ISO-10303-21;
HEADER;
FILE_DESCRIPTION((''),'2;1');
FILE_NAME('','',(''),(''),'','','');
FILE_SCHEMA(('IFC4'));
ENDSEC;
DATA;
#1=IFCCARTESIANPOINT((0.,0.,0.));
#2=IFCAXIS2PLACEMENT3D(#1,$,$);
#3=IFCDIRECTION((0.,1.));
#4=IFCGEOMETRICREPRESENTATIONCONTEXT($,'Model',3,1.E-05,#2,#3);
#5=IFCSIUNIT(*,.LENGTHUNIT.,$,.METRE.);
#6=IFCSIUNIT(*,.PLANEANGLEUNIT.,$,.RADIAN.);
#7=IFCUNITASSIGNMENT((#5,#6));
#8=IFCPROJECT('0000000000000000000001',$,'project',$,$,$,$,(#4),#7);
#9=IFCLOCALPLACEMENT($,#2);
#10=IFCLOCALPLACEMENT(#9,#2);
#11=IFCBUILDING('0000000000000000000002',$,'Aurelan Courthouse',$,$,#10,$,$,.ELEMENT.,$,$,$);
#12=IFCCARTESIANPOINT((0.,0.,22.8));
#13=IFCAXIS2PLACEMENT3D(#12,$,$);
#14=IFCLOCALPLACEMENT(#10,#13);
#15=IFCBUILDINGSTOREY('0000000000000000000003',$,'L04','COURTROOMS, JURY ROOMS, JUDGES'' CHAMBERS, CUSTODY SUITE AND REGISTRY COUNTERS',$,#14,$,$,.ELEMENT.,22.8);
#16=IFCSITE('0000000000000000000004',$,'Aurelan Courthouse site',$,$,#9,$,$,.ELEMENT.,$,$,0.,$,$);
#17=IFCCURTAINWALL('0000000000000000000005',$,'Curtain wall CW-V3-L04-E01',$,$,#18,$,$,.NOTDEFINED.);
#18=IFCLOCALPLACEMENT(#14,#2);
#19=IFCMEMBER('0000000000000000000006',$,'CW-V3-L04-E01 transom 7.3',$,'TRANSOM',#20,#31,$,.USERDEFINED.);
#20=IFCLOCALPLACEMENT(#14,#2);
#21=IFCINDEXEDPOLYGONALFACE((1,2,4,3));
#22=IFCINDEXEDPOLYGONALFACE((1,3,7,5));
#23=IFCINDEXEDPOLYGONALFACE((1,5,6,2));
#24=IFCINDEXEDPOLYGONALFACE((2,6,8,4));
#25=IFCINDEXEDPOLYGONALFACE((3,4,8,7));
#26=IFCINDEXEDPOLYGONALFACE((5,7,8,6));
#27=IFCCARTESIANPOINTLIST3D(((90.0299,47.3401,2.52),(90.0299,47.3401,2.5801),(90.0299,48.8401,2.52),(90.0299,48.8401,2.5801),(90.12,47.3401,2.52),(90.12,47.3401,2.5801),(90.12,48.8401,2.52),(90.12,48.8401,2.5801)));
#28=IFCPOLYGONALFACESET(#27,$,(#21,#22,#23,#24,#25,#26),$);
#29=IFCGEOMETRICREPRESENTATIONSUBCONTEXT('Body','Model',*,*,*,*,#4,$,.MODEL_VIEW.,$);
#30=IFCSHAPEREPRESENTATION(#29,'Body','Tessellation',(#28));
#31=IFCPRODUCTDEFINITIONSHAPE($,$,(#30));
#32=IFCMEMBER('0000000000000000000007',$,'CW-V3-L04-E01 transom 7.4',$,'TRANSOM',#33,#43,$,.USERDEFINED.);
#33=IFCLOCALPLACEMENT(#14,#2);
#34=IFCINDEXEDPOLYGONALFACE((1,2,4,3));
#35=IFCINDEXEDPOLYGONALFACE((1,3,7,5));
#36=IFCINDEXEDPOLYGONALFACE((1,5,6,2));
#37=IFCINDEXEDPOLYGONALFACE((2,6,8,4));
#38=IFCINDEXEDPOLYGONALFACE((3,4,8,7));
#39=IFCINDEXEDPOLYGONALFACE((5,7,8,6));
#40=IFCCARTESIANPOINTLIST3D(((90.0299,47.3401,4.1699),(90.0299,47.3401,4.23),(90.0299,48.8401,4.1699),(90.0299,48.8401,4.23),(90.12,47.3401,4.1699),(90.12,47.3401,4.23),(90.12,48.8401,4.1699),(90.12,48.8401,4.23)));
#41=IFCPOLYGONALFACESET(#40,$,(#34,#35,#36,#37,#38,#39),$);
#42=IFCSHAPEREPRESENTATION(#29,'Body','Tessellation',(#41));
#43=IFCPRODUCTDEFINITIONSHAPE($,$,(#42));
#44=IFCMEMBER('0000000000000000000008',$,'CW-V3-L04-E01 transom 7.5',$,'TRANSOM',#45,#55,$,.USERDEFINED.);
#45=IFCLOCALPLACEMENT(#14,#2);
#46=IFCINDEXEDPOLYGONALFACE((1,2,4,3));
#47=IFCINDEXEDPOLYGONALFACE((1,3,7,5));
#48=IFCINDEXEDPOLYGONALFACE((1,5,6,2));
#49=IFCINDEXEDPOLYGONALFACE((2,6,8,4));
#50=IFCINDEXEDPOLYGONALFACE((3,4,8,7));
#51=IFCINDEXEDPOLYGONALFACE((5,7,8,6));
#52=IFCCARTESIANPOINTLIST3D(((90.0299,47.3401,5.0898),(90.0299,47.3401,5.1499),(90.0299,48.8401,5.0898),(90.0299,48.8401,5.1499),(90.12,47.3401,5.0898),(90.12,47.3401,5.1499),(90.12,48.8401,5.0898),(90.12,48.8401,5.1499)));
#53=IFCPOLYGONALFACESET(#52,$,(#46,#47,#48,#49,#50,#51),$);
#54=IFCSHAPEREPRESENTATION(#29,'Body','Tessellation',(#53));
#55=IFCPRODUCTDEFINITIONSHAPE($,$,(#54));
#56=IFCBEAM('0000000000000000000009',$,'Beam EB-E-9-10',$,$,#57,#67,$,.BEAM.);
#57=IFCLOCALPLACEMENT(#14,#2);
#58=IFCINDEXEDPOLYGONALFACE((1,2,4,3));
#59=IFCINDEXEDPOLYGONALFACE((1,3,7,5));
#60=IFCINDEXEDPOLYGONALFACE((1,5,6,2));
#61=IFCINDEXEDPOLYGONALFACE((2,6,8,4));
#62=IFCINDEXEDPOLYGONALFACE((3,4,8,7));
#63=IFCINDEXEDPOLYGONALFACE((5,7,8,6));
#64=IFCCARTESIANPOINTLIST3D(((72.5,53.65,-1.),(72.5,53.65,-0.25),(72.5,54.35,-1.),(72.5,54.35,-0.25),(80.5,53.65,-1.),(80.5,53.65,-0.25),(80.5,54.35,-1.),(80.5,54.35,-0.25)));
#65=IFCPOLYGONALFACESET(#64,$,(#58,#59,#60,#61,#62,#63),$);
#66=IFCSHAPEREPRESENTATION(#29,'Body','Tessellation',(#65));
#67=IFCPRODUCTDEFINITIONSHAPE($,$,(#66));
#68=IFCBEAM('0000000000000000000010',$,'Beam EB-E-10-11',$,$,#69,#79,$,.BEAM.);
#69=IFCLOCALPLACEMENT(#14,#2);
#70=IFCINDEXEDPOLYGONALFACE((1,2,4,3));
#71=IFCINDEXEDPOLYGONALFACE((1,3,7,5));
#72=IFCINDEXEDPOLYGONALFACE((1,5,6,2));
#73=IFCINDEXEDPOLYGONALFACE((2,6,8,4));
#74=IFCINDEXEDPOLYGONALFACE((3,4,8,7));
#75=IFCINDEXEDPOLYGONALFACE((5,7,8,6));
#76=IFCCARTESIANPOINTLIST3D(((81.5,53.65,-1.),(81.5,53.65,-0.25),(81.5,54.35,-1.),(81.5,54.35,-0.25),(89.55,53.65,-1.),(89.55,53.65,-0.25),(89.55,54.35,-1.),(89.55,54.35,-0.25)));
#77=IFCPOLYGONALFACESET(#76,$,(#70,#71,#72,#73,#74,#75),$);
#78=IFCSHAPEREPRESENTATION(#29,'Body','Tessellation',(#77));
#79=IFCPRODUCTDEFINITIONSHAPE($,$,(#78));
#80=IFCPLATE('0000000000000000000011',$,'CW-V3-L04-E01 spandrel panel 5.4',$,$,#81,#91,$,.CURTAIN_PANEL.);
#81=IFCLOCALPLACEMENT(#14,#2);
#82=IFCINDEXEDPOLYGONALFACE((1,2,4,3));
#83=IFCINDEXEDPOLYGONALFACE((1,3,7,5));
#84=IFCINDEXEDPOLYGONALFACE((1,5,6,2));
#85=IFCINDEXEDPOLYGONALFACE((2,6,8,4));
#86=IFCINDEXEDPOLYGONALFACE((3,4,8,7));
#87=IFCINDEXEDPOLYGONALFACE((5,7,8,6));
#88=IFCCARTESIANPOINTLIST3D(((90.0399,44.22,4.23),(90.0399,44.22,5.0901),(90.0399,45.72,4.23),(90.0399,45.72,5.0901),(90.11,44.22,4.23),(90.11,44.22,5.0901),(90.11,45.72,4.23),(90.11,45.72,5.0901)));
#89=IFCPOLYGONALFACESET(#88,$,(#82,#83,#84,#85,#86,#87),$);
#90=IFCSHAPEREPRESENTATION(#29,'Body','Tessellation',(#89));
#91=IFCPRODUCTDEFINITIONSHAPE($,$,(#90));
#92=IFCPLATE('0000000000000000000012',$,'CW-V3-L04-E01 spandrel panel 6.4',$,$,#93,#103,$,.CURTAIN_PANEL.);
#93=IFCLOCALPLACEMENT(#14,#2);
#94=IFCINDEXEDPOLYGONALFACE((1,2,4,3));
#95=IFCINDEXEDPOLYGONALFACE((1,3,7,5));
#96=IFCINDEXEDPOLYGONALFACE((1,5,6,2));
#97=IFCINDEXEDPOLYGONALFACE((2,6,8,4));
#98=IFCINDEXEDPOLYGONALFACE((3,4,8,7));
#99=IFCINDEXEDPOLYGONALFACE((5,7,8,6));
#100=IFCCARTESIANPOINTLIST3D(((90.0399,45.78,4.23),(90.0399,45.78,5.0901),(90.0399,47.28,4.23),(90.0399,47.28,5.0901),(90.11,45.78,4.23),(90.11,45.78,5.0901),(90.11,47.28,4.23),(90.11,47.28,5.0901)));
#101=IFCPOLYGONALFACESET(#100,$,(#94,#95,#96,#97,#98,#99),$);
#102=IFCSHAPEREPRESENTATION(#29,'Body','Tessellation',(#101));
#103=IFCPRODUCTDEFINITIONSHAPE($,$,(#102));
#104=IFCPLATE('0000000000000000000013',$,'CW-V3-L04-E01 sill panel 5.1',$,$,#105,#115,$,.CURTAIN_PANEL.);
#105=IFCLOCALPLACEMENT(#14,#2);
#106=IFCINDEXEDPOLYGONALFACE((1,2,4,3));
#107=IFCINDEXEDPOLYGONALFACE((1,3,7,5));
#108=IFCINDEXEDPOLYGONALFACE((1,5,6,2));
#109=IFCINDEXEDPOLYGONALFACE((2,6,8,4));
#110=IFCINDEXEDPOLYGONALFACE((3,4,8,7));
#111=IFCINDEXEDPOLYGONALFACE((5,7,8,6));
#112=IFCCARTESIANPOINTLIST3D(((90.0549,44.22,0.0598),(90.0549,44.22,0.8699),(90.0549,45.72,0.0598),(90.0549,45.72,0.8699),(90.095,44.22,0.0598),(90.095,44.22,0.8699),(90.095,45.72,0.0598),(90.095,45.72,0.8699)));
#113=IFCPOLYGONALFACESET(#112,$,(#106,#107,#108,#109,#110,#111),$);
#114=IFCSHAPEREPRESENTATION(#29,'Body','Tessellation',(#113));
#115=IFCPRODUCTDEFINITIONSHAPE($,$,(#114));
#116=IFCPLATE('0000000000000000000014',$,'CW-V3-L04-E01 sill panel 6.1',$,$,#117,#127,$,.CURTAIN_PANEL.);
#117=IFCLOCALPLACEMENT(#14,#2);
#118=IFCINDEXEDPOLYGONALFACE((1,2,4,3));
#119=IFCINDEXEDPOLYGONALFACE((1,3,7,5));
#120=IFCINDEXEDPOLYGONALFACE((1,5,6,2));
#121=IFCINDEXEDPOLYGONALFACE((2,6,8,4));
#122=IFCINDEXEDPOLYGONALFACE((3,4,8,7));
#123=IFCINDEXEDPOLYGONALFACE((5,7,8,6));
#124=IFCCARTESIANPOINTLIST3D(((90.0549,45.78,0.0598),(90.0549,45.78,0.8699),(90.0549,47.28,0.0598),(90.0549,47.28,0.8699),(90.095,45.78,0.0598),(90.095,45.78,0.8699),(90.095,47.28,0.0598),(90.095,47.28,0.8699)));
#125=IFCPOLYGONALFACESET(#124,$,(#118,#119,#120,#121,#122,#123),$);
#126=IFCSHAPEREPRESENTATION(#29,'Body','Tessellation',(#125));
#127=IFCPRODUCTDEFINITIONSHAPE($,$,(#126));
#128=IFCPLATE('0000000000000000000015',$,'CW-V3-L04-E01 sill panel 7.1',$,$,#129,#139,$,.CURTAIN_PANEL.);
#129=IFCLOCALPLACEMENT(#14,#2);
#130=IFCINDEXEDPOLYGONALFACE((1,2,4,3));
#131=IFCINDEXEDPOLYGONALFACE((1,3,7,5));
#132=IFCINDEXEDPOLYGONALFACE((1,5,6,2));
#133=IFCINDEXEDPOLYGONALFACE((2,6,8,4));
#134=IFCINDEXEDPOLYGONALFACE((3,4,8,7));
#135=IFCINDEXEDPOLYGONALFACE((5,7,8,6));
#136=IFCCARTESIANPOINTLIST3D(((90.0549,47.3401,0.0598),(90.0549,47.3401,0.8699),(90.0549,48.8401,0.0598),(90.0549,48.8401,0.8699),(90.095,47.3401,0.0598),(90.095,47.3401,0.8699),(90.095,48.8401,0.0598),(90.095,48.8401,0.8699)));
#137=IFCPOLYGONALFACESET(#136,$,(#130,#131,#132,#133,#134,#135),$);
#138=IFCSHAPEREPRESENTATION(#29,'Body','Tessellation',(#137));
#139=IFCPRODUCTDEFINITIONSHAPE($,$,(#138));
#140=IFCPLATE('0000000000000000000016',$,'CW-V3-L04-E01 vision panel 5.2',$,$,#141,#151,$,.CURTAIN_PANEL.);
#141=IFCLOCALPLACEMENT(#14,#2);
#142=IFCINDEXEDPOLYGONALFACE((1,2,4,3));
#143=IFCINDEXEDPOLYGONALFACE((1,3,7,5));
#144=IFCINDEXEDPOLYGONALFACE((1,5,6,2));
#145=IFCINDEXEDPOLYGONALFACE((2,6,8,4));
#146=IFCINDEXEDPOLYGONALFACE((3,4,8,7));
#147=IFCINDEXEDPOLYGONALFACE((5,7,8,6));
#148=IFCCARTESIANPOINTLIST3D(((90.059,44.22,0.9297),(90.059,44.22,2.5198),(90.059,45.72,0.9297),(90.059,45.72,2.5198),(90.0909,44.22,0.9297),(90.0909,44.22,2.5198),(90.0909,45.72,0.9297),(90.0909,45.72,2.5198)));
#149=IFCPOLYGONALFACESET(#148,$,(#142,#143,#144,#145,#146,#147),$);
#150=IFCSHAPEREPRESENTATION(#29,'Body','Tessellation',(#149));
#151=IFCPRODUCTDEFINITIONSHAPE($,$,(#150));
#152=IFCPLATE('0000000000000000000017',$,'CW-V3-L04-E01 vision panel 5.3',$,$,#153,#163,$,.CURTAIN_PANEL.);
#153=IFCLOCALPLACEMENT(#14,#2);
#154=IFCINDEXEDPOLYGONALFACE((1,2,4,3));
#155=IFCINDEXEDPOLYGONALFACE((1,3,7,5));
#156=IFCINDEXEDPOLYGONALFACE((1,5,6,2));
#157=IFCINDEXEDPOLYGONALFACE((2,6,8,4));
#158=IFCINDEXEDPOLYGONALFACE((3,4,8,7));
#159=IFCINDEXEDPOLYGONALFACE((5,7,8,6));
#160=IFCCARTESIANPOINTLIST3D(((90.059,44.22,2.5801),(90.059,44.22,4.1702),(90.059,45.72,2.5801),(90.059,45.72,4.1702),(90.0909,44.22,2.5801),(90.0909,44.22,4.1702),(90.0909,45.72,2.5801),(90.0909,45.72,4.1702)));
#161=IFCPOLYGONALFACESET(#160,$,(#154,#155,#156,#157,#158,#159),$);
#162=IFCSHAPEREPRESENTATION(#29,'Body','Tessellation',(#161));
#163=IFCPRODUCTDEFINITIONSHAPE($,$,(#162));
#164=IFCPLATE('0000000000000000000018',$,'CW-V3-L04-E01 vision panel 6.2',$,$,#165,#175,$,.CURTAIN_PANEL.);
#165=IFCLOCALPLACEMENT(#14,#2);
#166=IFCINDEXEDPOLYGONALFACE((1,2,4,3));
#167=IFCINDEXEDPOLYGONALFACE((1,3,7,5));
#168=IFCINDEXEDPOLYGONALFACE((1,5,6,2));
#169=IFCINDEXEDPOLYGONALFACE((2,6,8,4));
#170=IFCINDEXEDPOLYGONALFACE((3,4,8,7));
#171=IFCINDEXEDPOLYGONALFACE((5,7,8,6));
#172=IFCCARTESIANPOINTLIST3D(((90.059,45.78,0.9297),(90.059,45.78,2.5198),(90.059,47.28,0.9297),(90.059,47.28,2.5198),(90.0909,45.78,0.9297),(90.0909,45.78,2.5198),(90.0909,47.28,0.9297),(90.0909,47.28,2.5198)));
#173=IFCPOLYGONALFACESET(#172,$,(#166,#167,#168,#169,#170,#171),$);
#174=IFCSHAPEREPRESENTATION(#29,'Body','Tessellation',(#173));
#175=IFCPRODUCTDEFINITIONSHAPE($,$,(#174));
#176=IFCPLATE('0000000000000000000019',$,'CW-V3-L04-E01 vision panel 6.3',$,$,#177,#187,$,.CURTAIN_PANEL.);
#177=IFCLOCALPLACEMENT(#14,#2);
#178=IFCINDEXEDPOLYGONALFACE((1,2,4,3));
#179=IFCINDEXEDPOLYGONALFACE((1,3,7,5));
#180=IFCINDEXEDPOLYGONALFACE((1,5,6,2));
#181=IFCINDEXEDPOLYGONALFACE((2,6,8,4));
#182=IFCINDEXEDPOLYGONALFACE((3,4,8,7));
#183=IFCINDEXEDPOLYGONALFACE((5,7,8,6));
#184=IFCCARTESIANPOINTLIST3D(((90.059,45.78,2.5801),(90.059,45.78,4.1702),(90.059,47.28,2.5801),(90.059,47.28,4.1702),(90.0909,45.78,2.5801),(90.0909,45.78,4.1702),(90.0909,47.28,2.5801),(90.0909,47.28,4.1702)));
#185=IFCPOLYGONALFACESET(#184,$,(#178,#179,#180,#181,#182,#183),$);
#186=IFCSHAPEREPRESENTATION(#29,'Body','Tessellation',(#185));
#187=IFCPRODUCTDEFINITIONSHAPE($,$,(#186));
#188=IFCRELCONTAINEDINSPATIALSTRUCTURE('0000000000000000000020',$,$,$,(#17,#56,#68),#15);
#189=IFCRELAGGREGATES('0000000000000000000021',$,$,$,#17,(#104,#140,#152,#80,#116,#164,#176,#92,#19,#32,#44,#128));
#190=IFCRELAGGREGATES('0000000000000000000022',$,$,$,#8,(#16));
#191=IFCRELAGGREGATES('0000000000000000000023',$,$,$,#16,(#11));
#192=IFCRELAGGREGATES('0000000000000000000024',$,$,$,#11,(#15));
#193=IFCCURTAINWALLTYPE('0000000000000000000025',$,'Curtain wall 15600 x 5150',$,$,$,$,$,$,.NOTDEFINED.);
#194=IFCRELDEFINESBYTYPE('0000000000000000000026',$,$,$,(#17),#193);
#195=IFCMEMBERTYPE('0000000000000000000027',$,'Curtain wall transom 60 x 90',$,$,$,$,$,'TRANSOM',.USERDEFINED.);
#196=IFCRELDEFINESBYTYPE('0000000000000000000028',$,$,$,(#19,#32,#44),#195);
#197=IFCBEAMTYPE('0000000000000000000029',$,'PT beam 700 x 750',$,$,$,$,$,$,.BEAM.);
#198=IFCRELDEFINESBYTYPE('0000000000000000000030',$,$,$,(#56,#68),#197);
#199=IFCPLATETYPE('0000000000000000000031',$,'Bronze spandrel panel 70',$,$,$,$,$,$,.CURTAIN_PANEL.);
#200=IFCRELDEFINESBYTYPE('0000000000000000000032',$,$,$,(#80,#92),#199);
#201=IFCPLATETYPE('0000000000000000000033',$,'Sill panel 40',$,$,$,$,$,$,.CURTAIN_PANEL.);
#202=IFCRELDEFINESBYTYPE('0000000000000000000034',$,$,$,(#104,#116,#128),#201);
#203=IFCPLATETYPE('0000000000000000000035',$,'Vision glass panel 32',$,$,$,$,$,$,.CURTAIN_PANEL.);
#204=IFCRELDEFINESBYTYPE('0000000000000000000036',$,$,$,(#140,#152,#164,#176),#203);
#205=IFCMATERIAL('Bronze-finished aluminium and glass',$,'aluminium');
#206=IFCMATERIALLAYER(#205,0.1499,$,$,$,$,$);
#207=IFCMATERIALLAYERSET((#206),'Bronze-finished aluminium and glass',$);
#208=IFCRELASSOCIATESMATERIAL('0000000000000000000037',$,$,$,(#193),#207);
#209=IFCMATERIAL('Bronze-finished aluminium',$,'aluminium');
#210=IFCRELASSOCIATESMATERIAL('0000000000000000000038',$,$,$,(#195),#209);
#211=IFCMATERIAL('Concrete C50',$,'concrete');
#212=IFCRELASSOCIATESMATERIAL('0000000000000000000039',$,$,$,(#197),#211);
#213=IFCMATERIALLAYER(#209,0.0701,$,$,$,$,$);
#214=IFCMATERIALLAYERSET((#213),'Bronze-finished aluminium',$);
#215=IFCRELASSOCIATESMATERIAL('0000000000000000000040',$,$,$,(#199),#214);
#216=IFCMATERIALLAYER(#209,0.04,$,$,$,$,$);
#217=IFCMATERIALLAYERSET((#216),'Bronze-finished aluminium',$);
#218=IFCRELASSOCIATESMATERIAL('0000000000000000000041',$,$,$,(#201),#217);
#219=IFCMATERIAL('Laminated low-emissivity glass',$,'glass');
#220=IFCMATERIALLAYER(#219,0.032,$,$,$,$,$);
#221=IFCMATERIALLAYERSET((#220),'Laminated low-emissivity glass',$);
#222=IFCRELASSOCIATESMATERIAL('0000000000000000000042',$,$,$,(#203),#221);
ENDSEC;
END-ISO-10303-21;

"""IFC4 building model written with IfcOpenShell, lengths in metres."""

from ifc_helpers import new_model, si_unit, direction, frame, origin, origin_2d, place, context, subcontext, project, spatial, rectangle, extrude, material, layer, layer_set, material_profile, profile_set, type_object, element, aggregate, save


model = new_model("IFC4")

# Units and contexts
model_context = context("Model", 3, precision=1e-05, world=origin(), true_north=direction((0.0, 1.0)))
body_context = subcontext(model_context, "Body", "Model", "MODEL_VIEW")
ifc_project = project(units=[si_unit("LENGTHUNIT", "METRE"), si_unit("PLANEANGLEUNIT", "RADIAN")], contexts=[model_context])

# Site, building, storey
site_placement = place(None, origin())
site = spatial("IfcSite", under=ifc_project, at=site_placement, Name="Aurelan Courthouse site", CompositionType="ELEMENT", RefElevation=0.0)
building_placement = place(site_placement, origin())
building = spatial("IfcBuilding", under=site, at=building_placement, Name="Aurelan Courthouse", CompositionType="ELEMENT")
storey_placement = place(building_placement, frame((0.0, 0.0, 22.8)))
storey = spatial("IfcBuildingStorey", under=building, at=storey_placement, Name="L04", Description="COURTROOMS, JURY ROOMS, JUDGES' CHAMBERS, CUSTODY SUITE AND REGISTRY COUNTERS", CompositionType="ELEMENT", Elevation=22.8)

# Shared definitions
ifc_material_1 = material(Name="Concrete C50", Category="concrete")

# Curtain wall, members
ifc_material_2 = material(Name="Bronze-finished aluminium and glass", Category="aluminium")
ifc_layer_1 = layer(ifc_material_2, 0.1499)
ifc_layer_set_1 = layer_set([ifc_layer_1], Name="Bronze-finished aluminium and glass")
curtain_wall_type = type_object("IfcCurtainWallType", Name="Curtain wall 15600 x 5150", PredefinedType="NOTDEFINED", material=ifc_layer_set_1)
curtain_wall_placement = place(storey_placement, origin())
curtain_wall = element("IfcCurtainWall", 1, at=curtain_wall_placement, inside=storey, type_object=curtain_wall_type, Name="Curtain wall CW-V3-L04-E01", PredefinedType="NOTDEFINED")
ifc_material_3 = material(Name="Bronze-finished aluminium", Category="aluminium")
ifc_material_profile_1 = material_profile(ifc_material_3, rectangle(XDim=0.0901, YDim=0.0601, at=origin_2d()), Name="Bronze transom 60 x 90")
ifc_profile_set_1 = profile_set([ifc_material_profile_1], Name="Bronze-finished aluminium")
member_type_1 = type_object("IfcMemberType", Name="Curtain wall transom 60 x 90", ElementType="TRANSOM", PredefinedType="USERDEFINED", material=ifc_profile_set_1)
member_1_placement = place(storey_placement, frame((90.075, 47.3401, 2.55), z_axis=(0.0, 1.0, 0.0), x_axis=(-1.0, 0.0, 0.0)))
member_1 = element("IfcMember", 2, at=member_1_placement, type_object=member_type_1, Name="CW-V3-L04-E01 transom 7.3", ObjectType="TRANSOM", PredefinedType="USERDEFINED", context=body_context, shape_type="SweptSolid", body=[
    extrude(rectangle(XDim=0.0901, YDim=0.0601, at=origin_2d()), origin(), (0.0, 0.0, 1.0), 1.5),
])
member_2_placement = place(storey_placement, frame((90.075, 47.3401, 4.2), z_axis=(0.0, 1.0, 0.0), x_axis=(-1.0, 0.0, 0.0)))
member_2 = element("IfcMember", 3, at=member_2_placement, type_object=member_type_1, Name="CW-V3-L04-E01 transom 7.4", ObjectType="TRANSOM", PredefinedType="USERDEFINED", context=body_context, shape_type="SweptSolid", body=[
    extrude(rectangle(XDim=0.0901, YDim=0.0601, at=origin_2d()), origin(), (0.0, 0.0, 1.0), 1.5),
])
member_3_placement = place(storey_placement, frame((90.075, 47.3401, 5.1199), z_axis=(0.0, 1.0, 0.0), x_axis=(-1.0, 0.0, 0.0)))
member_3 = element("IfcMember", 4, at=member_3_placement, type_object=member_type_1, Name="CW-V3-L04-E01 transom 7.5", ObjectType="TRANSOM", PredefinedType="USERDEFINED", context=body_context, shape_type="SweptSolid", body=[
    extrude(rectangle(XDim=0.0901, YDim=0.0601, at=origin_2d()), origin(), (0.0, 0.0, 1.0), 1.5),
])

# Beams
ifc_material_profile_2 = material_profile(ifc_material_1, rectangle(XDim=0.7, YDim=0.75, at=origin_2d()), Name="RC 700 x 750")
ifc_profile_set_2 = profile_set([ifc_material_profile_2], Name="Concrete C50")
beam_type = type_object("IfcBeamType", Name="PT beam 700 x 750", PredefinedType="BEAM", material=ifc_profile_set_2)
beam_1_placement = place(storey_placement, frame((72.5, 54.0, -0.625), z_axis=(1.0, 0.0, 0.0), x_axis=(0.0, 1.0, 0.0)))
element("IfcBeam", 5, at=beam_1_placement, inside=storey, type_object=beam_type, Name="Beam EB-E-9-10", PredefinedType="BEAM", context=body_context, shape_type="SweptSolid", body=[
    extrude(rectangle(XDim=0.7, YDim=0.75, at=origin_2d()), origin(), (0.0, 0.0, 1.0), 8.0),
])
beam_2_placement = place(storey_placement, frame((81.5, 54.0, -0.625), z_axis=(1.0, 0.0, 0.0), x_axis=(0.0, 1.0, 0.0)))
element("IfcBeam", 6, at=beam_2_placement, inside=storey, type_object=beam_type, Name="Beam EB-E-10-11", PredefinedType="BEAM", context=body_context, shape_type="SweptSolid", body=[
    extrude(rectangle(XDim=0.7, YDim=0.75, at=origin_2d()), origin(), (0.0, 0.0, 1.0), 8.05),
])

# Plates
ifc_layer_2 = layer(ifc_material_3, 0.0701)
ifc_layer_set_2 = layer_set([ifc_layer_2], Name="Bronze-finished aluminium")
plate_type_1 = type_object("IfcPlateType", Name="Bronze spandrel panel 70", PredefinedType="CURTAIN_PANEL", material=ifc_layer_set_2)
plate_1_placement = place(storey_placement, frame((90.075, 44.97, 4.23), z_axis=(0.0, 0.0, 1.0), x_axis=(0.0, 1.0, 0.0)))
plate_1 = element("IfcPlate", 7, at=plate_1_placement, type_object=plate_type_1, Name="CW-V3-L04-E01 spandrel panel 5.4", PredefinedType="CURTAIN_PANEL", context=body_context, shape_type="SweptSolid", body=[
    extrude(rectangle(XDim=1.5, YDim=0.0701, at=origin_2d()), origin(), (0.0, 0.0, 1.0), 0.8601),
])
plate_2_placement = place(storey_placement, frame((90.075, 46.53, 4.23), z_axis=(0.0, 0.0, 1.0), x_axis=(0.0, 1.0, 0.0)))
plate_2 = element("IfcPlate", 8, at=plate_2_placement, type_object=plate_type_1, Name="CW-V3-L04-E01 spandrel panel 6.4", PredefinedType="CURTAIN_PANEL", context=body_context, shape_type="SweptSolid", body=[
    extrude(rectangle(XDim=1.5, YDim=0.0701, at=origin_2d()), origin(), (0.0, 0.0, 1.0), 0.8601),
])
ifc_layer_3 = layer(ifc_material_3, 0.04)
ifc_layer_set_3 = layer_set([ifc_layer_3], Name="Bronze-finished aluminium")
plate_type_2 = type_object("IfcPlateType", Name="Sill panel 40", PredefinedType="CURTAIN_PANEL", material=ifc_layer_set_3)
plate_3_placement = place(storey_placement, frame((90.075, 44.97, 0.0598), z_axis=(0.0, 0.0, 1.0), x_axis=(0.0, 1.0, 0.0)))
plate_3 = element("IfcPlate", 9, at=plate_3_placement, type_object=plate_type_2, Name="CW-V3-L04-E01 sill panel 5.1", PredefinedType="CURTAIN_PANEL", context=body_context, shape_type="SweptSolid", body=[
    extrude(rectangle(XDim=1.5, YDim=0.04, at=origin_2d()), origin(), (0.0, 0.0, 1.0), 0.8101),
])
plate_4_placement = place(storey_placement, frame((90.075, 46.53, 0.0598), z_axis=(0.0, 0.0, 1.0), x_axis=(0.0, 1.0, 0.0)))
plate_4 = element("IfcPlate", 10, at=plate_4_placement, type_object=plate_type_2, Name="CW-V3-L04-E01 sill panel 6.1", PredefinedType="CURTAIN_PANEL", context=body_context, shape_type="SweptSolid", body=[
    extrude(rectangle(XDim=1.5, YDim=0.04, at=origin_2d()), origin(), (0.0, 0.0, 1.0), 0.8101),
])
plate_5_placement = place(storey_placement, frame((90.075, 48.0901, 0.0598), z_axis=(0.0, 0.0, 1.0), x_axis=(0.0, 1.0, 0.0)))
plate_5 = element("IfcPlate", 11, at=plate_5_placement, type_object=plate_type_2, Name="CW-V3-L04-E01 sill panel 7.1", PredefinedType="CURTAIN_PANEL", context=body_context, shape_type="SweptSolid", body=[
    extrude(rectangle(XDim=1.5, YDim=0.04, at=origin_2d()), origin(), (0.0, 0.0, 1.0), 0.8101),
])
ifc_material_4 = material(Name="Laminated low-emissivity glass", Category="glass")
ifc_layer_4 = layer(ifc_material_4, 0.032)
ifc_layer_set_4 = layer_set([ifc_layer_4], Name="Laminated low-emissivity glass")
plate_type_3 = type_object("IfcPlateType", Name="Vision glass panel 32", PredefinedType="CURTAIN_PANEL", material=ifc_layer_set_4)
plate_6_placement = place(storey_placement, frame((90.075, 44.97, 0.9297), z_axis=(0.0, 0.0, 1.0), x_axis=(0.0, 1.0, 0.0)))
plate_6 = element("IfcPlate", 12, at=plate_6_placement, type_object=plate_type_3, Name="CW-V3-L04-E01 vision panel 5.2", PredefinedType="CURTAIN_PANEL", context=body_context, shape_type="SweptSolid", body=[
    extrude(rectangle(XDim=1.5, YDim=0.032, at=origin_2d()), origin(), (0.0, 0.0, 1.0), 1.5901),
])
plate_7_placement = place(storey_placement, frame((90.075, 44.97, 2.5801), z_axis=(0.0, 0.0, 1.0), x_axis=(0.0, 1.0, 0.0)))
plate_7 = element("IfcPlate", 13, at=plate_7_placement, type_object=plate_type_3, Name="CW-V3-L04-E01 vision panel 5.3", PredefinedType="CURTAIN_PANEL", context=body_context, shape_type="SweptSolid", body=[
    extrude(rectangle(XDim=1.5, YDim=0.032, at=origin_2d()), origin(), (0.0, 0.0, 1.0), 1.5901),
])
plate_8_placement = place(storey_placement, frame((90.075, 46.53, 0.9297), z_axis=(0.0, 0.0, 1.0), x_axis=(0.0, 1.0, 0.0)))
plate_8 = element("IfcPlate", 14, at=plate_8_placement, type_object=plate_type_3, Name="CW-V3-L04-E01 vision panel 6.2", PredefinedType="CURTAIN_PANEL", context=body_context, shape_type="SweptSolid", body=[
    extrude(rectangle(XDim=1.5, YDim=0.032, at=origin_2d()), origin(), (0.0, 0.0, 1.0), 1.5901),
])
plate_9_placement = place(storey_placement, frame((90.075, 46.53, 2.5801), z_axis=(0.0, 0.0, 1.0), x_axis=(0.0, 1.0, 0.0)))
plate_9 = element("IfcPlate", 15, at=plate_9_placement, type_object=plate_type_3, Name="CW-V3-L04-E01 vision panel 6.3", PredefinedType="CURTAIN_PANEL", context=body_context, shape_type="SweptSolid", body=[
    extrude(rectangle(XDim=1.5, YDim=0.032, at=origin_2d()), origin(), (0.0, 0.0, 1.0), 1.5901),
])
aggregate(curtain_wall, [plate_3, plate_6, plate_7, plate_1, plate_4, plate_8, plate_9, plate_2, member_1, member_2, member_3, plate_5])

save(model, "model.ifc")
